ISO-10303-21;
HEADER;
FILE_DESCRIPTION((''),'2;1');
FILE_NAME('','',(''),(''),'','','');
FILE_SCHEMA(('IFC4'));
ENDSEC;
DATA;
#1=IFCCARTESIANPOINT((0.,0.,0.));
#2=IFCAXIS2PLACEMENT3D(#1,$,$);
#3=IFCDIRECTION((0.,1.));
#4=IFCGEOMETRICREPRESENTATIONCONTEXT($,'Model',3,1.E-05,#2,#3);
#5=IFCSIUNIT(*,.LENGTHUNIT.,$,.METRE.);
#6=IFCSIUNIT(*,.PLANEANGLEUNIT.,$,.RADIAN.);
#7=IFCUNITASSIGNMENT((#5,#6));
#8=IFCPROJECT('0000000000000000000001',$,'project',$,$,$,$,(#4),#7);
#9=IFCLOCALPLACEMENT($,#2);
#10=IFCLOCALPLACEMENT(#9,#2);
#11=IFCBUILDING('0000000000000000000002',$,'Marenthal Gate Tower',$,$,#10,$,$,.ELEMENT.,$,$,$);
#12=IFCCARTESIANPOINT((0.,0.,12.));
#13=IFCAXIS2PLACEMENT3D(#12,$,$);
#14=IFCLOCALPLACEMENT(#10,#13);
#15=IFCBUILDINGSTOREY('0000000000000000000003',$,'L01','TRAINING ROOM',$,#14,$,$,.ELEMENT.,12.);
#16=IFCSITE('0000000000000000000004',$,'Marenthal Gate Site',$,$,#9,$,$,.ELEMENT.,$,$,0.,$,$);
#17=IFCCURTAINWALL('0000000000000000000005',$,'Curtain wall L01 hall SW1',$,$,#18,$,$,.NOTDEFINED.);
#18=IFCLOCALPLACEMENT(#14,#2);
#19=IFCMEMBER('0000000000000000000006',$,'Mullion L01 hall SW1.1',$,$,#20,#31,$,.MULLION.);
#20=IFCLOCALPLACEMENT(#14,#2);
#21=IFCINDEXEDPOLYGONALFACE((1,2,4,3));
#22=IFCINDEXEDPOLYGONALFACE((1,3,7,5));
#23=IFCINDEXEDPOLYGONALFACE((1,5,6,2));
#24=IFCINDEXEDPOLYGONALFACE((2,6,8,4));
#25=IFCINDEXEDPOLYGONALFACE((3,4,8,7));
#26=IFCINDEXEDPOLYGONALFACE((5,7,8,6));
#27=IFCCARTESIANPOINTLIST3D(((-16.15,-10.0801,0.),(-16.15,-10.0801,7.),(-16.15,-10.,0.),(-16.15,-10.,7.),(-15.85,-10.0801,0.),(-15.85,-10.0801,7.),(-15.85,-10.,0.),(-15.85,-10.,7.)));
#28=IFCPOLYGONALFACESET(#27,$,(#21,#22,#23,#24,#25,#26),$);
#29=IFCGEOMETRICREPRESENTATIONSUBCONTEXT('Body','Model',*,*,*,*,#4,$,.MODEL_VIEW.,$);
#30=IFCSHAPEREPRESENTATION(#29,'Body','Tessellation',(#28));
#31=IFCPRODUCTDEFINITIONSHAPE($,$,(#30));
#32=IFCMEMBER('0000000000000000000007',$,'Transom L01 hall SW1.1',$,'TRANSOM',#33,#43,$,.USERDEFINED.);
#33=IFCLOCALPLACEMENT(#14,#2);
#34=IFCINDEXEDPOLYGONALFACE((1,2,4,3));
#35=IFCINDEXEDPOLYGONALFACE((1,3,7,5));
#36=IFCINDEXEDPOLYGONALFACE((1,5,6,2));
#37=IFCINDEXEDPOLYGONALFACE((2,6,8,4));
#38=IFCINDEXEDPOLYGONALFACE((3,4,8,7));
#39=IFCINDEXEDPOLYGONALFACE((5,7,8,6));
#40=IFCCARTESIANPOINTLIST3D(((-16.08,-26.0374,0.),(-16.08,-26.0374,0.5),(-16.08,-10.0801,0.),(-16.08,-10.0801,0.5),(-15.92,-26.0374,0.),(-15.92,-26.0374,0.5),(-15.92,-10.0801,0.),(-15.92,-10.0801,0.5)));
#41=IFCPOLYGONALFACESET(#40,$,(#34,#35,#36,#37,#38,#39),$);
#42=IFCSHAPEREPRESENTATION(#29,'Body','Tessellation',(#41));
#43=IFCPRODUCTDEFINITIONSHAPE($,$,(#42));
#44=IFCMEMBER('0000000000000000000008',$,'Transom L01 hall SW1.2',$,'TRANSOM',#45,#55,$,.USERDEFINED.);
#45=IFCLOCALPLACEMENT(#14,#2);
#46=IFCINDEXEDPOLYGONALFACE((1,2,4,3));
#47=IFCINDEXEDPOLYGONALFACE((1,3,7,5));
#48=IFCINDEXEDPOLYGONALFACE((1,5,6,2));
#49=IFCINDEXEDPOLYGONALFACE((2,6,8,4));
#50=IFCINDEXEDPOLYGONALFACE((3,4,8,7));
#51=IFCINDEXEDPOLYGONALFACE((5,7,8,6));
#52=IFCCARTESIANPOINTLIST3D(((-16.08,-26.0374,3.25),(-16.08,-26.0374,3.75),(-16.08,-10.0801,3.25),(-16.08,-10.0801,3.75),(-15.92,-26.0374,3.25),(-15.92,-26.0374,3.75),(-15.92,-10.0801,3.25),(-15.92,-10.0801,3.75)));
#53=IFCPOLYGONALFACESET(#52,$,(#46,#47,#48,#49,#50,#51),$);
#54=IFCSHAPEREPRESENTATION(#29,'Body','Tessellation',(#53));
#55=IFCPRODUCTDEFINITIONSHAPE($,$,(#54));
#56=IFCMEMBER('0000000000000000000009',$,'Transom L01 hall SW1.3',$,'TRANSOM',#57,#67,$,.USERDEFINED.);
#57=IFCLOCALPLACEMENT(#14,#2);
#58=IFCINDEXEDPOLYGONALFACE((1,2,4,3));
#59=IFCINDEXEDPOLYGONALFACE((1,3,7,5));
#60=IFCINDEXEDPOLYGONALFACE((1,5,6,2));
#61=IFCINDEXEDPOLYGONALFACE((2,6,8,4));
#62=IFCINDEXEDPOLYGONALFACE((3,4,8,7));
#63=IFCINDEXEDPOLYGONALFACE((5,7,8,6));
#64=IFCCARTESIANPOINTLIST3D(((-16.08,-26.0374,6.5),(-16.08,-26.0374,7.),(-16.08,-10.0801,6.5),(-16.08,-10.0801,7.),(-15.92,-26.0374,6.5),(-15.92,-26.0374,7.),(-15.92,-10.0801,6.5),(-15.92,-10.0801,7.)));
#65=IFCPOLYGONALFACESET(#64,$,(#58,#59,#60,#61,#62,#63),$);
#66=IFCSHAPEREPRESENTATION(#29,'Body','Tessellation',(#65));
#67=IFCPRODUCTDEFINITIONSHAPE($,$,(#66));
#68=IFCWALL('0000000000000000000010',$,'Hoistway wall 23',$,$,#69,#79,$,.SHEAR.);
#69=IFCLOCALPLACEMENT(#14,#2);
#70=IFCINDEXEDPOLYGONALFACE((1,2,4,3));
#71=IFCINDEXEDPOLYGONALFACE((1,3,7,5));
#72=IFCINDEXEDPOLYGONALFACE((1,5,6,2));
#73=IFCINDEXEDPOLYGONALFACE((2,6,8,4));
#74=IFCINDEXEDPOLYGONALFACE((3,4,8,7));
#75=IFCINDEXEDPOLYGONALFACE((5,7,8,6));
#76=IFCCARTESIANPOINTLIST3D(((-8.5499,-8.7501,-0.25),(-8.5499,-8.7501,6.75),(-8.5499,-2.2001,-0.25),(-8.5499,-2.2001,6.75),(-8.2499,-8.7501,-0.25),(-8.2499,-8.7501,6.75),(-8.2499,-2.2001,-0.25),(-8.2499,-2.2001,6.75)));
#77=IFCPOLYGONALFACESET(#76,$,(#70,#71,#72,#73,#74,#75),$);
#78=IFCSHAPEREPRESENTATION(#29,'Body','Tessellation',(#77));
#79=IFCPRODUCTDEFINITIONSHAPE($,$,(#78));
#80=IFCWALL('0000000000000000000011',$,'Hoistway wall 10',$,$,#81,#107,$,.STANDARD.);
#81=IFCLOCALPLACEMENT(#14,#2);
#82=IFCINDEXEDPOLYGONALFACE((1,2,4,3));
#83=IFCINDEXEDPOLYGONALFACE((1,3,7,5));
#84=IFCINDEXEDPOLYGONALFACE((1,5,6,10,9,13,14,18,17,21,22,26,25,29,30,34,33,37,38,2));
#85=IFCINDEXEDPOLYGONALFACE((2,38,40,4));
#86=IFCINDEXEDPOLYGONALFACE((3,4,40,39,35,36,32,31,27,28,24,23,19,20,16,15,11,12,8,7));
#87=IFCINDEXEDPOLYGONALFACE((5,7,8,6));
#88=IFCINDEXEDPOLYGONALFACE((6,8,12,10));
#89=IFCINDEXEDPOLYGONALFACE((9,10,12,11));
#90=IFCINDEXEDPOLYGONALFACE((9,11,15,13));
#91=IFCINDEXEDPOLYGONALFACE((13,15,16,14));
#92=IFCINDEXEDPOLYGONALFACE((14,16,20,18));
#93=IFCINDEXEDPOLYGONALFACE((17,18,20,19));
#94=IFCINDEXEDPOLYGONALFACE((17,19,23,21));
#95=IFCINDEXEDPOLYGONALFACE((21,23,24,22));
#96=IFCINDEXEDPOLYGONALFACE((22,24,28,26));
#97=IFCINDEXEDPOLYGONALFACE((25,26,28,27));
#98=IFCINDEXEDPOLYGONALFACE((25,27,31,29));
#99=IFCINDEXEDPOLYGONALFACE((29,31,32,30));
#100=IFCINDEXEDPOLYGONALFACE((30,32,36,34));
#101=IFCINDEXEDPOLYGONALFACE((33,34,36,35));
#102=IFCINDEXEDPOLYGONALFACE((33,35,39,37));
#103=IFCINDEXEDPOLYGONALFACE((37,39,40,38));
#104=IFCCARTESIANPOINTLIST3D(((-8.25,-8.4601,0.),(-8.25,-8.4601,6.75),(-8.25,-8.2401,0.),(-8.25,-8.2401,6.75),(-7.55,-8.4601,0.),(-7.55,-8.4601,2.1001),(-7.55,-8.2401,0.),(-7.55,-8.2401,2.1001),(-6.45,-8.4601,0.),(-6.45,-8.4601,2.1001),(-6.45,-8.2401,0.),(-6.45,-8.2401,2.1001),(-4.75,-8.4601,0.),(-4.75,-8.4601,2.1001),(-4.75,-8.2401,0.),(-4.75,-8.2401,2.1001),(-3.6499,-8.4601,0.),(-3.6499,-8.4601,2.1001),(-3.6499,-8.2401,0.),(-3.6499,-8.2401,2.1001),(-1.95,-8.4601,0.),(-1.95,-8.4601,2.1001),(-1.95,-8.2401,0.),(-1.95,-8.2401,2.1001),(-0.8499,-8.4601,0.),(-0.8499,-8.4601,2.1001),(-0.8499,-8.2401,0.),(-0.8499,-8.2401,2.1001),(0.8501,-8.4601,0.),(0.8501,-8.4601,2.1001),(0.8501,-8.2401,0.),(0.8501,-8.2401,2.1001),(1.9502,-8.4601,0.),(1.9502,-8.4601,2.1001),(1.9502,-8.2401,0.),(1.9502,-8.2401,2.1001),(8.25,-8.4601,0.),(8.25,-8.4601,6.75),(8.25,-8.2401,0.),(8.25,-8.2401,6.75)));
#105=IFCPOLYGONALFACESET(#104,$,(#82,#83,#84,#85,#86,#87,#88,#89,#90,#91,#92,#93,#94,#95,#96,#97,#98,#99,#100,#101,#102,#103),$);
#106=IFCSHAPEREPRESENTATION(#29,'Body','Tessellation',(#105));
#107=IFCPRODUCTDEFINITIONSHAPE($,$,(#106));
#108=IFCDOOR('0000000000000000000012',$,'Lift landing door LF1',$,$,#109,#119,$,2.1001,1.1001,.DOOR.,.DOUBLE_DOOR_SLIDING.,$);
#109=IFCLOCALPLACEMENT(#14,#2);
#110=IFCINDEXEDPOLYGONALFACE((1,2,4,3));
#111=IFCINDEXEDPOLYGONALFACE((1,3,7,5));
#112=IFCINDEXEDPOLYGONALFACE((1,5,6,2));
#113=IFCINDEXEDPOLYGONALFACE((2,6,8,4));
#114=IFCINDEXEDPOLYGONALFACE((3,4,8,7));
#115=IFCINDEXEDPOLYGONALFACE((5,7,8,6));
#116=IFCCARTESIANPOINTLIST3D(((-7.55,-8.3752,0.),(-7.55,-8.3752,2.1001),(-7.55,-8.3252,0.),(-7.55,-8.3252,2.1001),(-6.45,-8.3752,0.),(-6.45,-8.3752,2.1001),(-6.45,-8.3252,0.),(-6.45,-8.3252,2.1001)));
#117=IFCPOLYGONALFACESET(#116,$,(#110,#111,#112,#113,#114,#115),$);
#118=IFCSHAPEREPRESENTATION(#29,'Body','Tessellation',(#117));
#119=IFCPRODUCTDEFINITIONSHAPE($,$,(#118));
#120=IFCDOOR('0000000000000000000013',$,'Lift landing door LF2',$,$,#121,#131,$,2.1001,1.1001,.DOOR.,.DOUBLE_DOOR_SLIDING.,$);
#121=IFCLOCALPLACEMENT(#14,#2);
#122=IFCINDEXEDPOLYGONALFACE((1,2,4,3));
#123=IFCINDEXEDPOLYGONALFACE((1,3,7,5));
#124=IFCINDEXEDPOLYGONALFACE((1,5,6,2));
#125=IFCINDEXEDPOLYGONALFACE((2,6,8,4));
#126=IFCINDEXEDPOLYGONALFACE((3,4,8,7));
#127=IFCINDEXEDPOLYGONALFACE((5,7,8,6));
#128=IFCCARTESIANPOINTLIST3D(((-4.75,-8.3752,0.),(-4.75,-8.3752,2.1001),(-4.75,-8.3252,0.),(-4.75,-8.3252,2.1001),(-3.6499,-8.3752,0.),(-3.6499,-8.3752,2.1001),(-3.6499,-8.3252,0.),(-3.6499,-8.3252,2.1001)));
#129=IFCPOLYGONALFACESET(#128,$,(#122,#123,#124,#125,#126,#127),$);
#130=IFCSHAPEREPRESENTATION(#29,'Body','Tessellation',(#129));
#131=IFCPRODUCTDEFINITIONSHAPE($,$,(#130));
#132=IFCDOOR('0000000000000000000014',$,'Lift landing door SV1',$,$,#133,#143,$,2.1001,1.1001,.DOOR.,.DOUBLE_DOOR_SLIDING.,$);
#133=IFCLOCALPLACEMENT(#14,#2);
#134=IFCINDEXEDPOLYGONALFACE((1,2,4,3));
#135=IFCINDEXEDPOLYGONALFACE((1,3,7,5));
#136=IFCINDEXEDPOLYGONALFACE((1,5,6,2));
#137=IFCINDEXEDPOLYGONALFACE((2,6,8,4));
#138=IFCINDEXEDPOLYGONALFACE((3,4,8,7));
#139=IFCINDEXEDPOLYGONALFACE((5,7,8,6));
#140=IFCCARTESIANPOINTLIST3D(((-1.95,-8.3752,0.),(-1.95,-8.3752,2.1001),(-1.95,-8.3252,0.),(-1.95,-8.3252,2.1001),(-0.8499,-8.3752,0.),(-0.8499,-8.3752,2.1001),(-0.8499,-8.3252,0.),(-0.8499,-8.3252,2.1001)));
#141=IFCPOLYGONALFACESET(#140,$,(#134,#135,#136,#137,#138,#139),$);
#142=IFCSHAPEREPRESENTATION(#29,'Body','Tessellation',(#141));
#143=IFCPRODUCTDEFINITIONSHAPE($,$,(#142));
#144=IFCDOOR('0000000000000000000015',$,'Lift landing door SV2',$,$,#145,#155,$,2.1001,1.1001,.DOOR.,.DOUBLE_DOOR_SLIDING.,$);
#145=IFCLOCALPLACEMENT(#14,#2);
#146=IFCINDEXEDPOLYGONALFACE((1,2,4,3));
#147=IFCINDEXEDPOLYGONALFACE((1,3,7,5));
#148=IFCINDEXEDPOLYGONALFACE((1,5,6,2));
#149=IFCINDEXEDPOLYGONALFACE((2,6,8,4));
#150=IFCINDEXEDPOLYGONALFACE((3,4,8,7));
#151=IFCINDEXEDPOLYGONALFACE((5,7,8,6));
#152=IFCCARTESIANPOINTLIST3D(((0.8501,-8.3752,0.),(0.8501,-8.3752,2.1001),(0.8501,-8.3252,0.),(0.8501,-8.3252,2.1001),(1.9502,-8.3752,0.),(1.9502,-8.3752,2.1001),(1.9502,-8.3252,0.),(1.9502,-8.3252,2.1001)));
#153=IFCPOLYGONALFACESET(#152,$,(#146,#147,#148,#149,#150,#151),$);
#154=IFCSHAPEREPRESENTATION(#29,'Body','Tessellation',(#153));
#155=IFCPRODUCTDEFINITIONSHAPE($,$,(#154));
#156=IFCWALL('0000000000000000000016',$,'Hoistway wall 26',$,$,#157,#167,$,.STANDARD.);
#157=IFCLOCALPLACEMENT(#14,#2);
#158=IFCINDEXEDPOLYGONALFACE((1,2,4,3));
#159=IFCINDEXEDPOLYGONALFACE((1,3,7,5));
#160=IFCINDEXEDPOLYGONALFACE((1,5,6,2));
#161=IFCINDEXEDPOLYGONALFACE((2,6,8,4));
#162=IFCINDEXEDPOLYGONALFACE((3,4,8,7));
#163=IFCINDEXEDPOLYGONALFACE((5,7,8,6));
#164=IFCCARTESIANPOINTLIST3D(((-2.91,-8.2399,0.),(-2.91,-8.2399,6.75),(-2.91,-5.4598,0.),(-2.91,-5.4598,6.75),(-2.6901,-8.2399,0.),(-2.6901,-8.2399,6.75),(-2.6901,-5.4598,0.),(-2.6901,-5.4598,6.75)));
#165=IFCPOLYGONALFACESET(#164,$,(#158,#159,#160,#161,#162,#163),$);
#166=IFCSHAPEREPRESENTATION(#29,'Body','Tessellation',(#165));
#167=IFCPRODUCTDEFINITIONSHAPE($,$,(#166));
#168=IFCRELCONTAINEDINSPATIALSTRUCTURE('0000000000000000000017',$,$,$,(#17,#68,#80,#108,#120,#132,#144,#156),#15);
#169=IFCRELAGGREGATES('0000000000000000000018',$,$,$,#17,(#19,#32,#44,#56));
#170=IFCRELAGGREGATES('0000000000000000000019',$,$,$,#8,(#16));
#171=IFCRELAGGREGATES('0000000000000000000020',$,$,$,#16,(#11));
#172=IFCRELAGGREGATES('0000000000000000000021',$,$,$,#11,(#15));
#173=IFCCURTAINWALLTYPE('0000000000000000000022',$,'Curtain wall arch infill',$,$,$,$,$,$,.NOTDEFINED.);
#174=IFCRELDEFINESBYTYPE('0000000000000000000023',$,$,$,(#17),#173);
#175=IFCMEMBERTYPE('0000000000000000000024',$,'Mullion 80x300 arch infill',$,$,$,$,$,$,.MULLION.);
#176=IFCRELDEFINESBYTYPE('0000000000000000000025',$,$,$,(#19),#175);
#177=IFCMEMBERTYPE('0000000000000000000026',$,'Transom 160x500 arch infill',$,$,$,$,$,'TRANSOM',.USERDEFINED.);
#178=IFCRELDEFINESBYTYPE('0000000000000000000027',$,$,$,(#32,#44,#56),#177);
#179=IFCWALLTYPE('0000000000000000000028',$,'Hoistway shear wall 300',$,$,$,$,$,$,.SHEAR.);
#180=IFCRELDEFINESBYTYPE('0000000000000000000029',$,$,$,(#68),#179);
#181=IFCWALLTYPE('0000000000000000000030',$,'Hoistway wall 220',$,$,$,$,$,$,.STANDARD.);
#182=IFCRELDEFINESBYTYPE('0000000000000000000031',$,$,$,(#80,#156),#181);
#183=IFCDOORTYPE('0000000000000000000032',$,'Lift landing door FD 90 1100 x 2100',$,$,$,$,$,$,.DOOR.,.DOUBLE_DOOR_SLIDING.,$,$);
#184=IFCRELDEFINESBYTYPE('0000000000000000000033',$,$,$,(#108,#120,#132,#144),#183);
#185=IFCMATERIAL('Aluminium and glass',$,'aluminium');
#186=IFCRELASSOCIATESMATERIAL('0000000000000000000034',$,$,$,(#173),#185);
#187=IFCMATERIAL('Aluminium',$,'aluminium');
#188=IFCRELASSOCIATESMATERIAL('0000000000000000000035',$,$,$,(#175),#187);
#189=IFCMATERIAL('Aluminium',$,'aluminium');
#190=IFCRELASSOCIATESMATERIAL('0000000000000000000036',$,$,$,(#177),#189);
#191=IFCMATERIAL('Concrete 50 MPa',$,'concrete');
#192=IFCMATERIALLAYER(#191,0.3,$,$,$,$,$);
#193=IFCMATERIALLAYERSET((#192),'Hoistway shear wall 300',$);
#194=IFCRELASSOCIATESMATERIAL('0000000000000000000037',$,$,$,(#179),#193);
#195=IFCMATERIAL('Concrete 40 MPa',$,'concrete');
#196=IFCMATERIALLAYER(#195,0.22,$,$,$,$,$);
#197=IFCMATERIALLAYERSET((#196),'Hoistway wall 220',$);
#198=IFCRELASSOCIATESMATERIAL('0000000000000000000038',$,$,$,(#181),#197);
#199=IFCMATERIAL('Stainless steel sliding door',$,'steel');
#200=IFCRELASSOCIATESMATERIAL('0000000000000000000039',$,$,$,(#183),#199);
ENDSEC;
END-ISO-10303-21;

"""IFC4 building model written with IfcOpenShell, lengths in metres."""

from ifc_helpers import new_model, si_unit, direction, frame, frame_2d, origin, origin_2d, place, context, subcontext, project, spatial, rectangle, extrude, material, layer, layer_set, material_profile, profile_set, type_object, element, fill, aggregate, save


model = new_model("IFC4")

# Units and contexts
model_context = context("Model", 3, precision=1e-05, world=origin(), true_north=direction((0.0, 1.0)))
body_context = subcontext(model_context, "Body", "Model", "MODEL_VIEW")
ifc_project = project(units=[si_unit("LENGTHUNIT", "METRE"), si_unit("PLANEANGLEUNIT", "RADIAN")], contexts=[model_context])

# Site, building, storey
site_placement = place(None, origin())
site = spatial("IfcSite", under=ifc_project, at=site_placement, Name="Marenthal Gate Site", CompositionType="ELEMENT", RefElevation=0.0)
building_placement = place(site_placement, origin())
building = spatial("IfcBuilding", under=site, at=building_placement, Name="Marenthal Gate Tower", CompositionType="ELEMENT")
storey_placement = place(building_placement, frame((0.0, 0.0, 12.0)))
storey = spatial("IfcBuildingStorey", under=building, at=storey_placement, Name="L01", Description="TRAINING ROOM", CompositionType="ELEMENT", Elevation=12.0)

# Curtain wall, members
ifc_material_1 = material(Name="Aluminium and glass", Category="aluminium")
curtain_wall_type = type_object("IfcCurtainWallType", Name="Curtain wall arch infill", PredefinedType="NOTDEFINED", material=ifc_material_1)
curtain_wall_placement = place(storey_placement, origin())
curtain_wall = element("IfcCurtainWall", 1, at=curtain_wall_placement, inside=storey, type_object=curtain_wall_type, Name="Curtain wall L01 hall SW1", PredefinedType="NOTDEFINED")
ifc_material_2 = material(Name="Aluminium", Category="aluminium")
ifc_material_profile_1 = material_profile(ifc_material_2, rectangle(XDim=0.3, YDim=0.0801, at=origin_2d()), Name="80x300 aluminium mullion")
ifc_profile_set_1 = profile_set([ifc_material_profile_1], Name="Aluminium")
member_type_1 = type_object("IfcMemberType", Name="Mullion 80x300 arch infill", PredefinedType="MULLION", material=ifc_profile_set_1)
member_1_placement = place(storey_placement, frame((-16.0, -10.04, 0.0), z_axis=(0.0, 0.0, 1.0), x_axis=(1.0, 0.0, 0.0)))
member_1 = element("IfcMember", 2, at=member_1_placement, type_object=member_type_1, Name="Mullion L01 hall SW1.1", PredefinedType="MULLION", context=body_context, shape_type="SweptSolid", body=[
    extrude(rectangle(XDim=0.3, YDim=0.0801, at=origin_2d()), origin(), (0.0, 0.0, 1.0), 7.0),
])
ifc_material_3 = material(Name="Aluminium", Category="aluminium")
ifc_material_profile_2 = material_profile(ifc_material_3, rectangle(XDim=0.1599, YDim=0.5, at=origin_2d()), Name="160x500 aluminium transom")
ifc_profile_set_2 = profile_set([ifc_material_profile_2], Name="Aluminium")
member_type_2 = type_object("IfcMemberType", Name="Transom 160x500 arch infill", ElementType="TRANSOM", PredefinedType="USERDEFINED", material=ifc_profile_set_2)
member_2_placement = place(storey_placement, frame((-16.0, -10.0801, 0.25), z_axis=(0.0, -1.0, 0.0), x_axis=(1.0, 0.0, 0.0)))
member_2 = element("IfcMember", 3, at=member_2_placement, type_object=member_type_2, Name="Transom L01 hall SW1.1", ObjectType="TRANSOM", PredefinedType="USERDEFINED", context=body_context, shape_type="SweptSolid", body=[
    extrude(rectangle(XDim=0.1599, YDim=0.5, at=origin_2d()), origin(), (0.0, 0.0, 1.0), 15.9573),
])
member_3_placement = place(storey_placement, frame((-16.0, -10.0801, 3.5), z_axis=(0.0, -1.0, 0.0), x_axis=(1.0, 0.0, 0.0)))
member_3 = element("IfcMember", 4, at=member_3_placement, type_object=member_type_2, Name="Transom L01 hall SW1.2", ObjectType="TRANSOM", PredefinedType="USERDEFINED", context=body_context, shape_type="SweptSolid", body=[
    extrude(rectangle(XDim=0.1599, YDim=0.5, at=origin_2d()), origin(), (0.0, 0.0, 1.0), 15.9573),
])
member_4_placement = place(storey_placement, frame((-16.0, -10.0801, 6.75), z_axis=(0.0, -1.0, 0.0), x_axis=(1.0, 0.0, 0.0)))
member_4 = element("IfcMember", 5, at=member_4_placement, type_object=member_type_2, Name="Transom L01 hall SW1.3", ObjectType="TRANSOM", PredefinedType="USERDEFINED", context=body_context, shape_type="SweptSolid", body=[
    extrude(rectangle(XDim=0.1599, YDim=0.5, at=origin_2d()), origin(), (0.0, 0.0, 1.0), 15.9573),
])
aggregate(curtain_wall, [member_1, member_2, member_3, member_4])

# Wall
ifc_material_4 = material(Name="Concrete 50 MPa", Category="concrete")
ifc_layer_1 = layer(ifc_material_4, 0.3)
ifc_layer_set_1 = layer_set([ifc_layer_1], Name="Hoistway shear wall 300")
wall_type_1 = type_object("IfcWallType", Name="Hoistway shear wall 300", PredefinedType="SHEAR", material=ifc_layer_set_1)
wall_1_placement = place(storey_placement, frame((-8.3999, -8.75, -0.25), z_axis=(0.0, 0.0, 1.0), x_axis=(0.0, 1.0, 0.0)))
element("IfcWall", 6, at=wall_1_placement, inside=storey, type_object=wall_type_1, Name="Hoistway wall 23", PredefinedType="SHEAR", context=body_context, shape_type="SweptSolid", body=[
    extrude(rectangle(XDim=6.55, YDim=0.3, at=frame_2d((3.2749, 0.0))), origin(), (0.0, 0.0, 1.0), 7.0),
])

# Wall, openings, doors
ifc_material_5 = material(Name="Concrete 40 MPa", Category="concrete")
ifc_layer_2 = layer(ifc_material_5, 0.22)
ifc_layer_set_2 = layer_set([ifc_layer_2], Name="Hoistway wall 220")
wall_type_2 = type_object("IfcWallType", Name="Hoistway wall 220", PredefinedType="STANDARD", material=ifc_layer_set_2)
wall_2_placement = place(storey_placement, frame((-8.25, -8.3501, 0.0), z_axis=(0.0, 0.0, 1.0), x_axis=(1.0, 0.0, 0.0)))
wall_2 = element("IfcWall", 7, at=wall_2_placement, inside=storey, type_object=wall_type_2, Name="Hoistway wall 10", PredefinedType="STANDARD", context=body_context, shape_type="SweptSolid", body=[
    extrude(rectangle(XDim=16.5, YDim=0.22, at=frame_2d((8.25, 0.0))), origin(), (0.0, 0.0, 1.0), 6.75),
])
opening_1_placement = place(wall_2_placement, frame((0.7, 0.0, 0.0)))
opening_1 = element("IfcOpeningElement", 8, at=opening_1_placement, cuts=wall_2, PredefinedType="OPENING", context=body_context, shape_type="SweptSolid", body=[
    extrude(rectangle(XDim=1.1001, YDim=2.1001, at=frame_2d((0.55, 1.05))), frame((0.0, 0.1201, 0.0), z_axis=(0.0, -1.0, 0.0), x_axis=(1.0, 0.0, 0.0)), (0.0, 0.0, 1.0), 0.24),
])
opening_2_placement = place(wall_2_placement, frame((3.5, 0.0, 0.0)))
opening_2 = element("IfcOpeningElement", 9, at=opening_2_placement, cuts=wall_2, PredefinedType="OPENING", context=body_context, shape_type="SweptSolid", body=[
    extrude(rectangle(XDim=1.1001, YDim=2.1001, at=frame_2d((0.55, 1.05))), frame((0.0, 0.1201, 0.0), z_axis=(0.0, -1.0, 0.0), x_axis=(1.0, 0.0, 0.0)), (0.0, 0.0, 1.0), 0.24),
])
opening_3_placement = place(wall_2_placement, frame((6.3, 0.0, 0.0)))
opening_3 = element("IfcOpeningElement", 10, at=opening_3_placement, cuts=wall_2, PredefinedType="OPENING", context=body_context, shape_type="SweptSolid", body=[
    extrude(rectangle(XDim=1.1001, YDim=2.1001, at=frame_2d((0.55, 1.05))), frame((0.0, 0.1201, 0.0), z_axis=(0.0, -1.0, 0.0), x_axis=(1.0, 0.0, 0.0)), (0.0, 0.0, 1.0), 0.24),
])
opening_4_placement = place(wall_2_placement, frame((9.1001, 0.0, 0.0)))
opening_4 = element("IfcOpeningElement", 11, at=opening_4_placement, cuts=wall_2, PredefinedType="OPENING", context=body_context, shape_type="SweptSolid", body=[
    extrude(rectangle(XDim=1.1001, YDim=2.1001, at=frame_2d((0.55, 1.05))), frame((0.0, 0.1201, 0.0), z_axis=(0.0, -1.0, 0.0), x_axis=(1.0, 0.0, 0.0)), (0.0, 0.0, 1.0), 0.24),
])
ifc_material_6 = material(Name="Stainless steel sliding door", Category="steel")
door_type_1 = type_object("IfcDoorType", Name="Lift landing door FD 90 1100 x 2100", OperationType="DOUBLE_DOOR_SLIDING", PredefinedType="DOOR", material=ifc_material_6)
door_1_placement = place(opening_1_placement, origin())
door_1 = element("IfcDoor", 12, at=door_1_placement, inside=storey, type_object=door_type_1, Name="Lift landing door LF1", OperationType="DOUBLE_DOOR_SLIDING", OverallHeight=2.1001, OverallWidth=1.1001, PredefinedType="DOOR", context=body_context, shape_type="SweptSolid", body=[
    extrude(rectangle(XDim=1.1001, YDim=2.1001, at=frame_2d((0.55, 1.05))), frame((0.0, 0.0249, 0.0), z_axis=(0.0, -1.0, 0.0), x_axis=(1.0, 0.0, 0.0)), (0.0, 0.0, 1.0), 0.05),
])
fill(opening_1, door_1)
door_2_placement = place(opening_2_placement, origin())
door_2 = element("IfcDoor", 13, at=door_2_placement, inside=storey, type_object=door_type_1, Name="Lift landing door LF2", OperationType="DOUBLE_DOOR_SLIDING", OverallHeight=2.1001, OverallWidth=1.1001, PredefinedType="DOOR", context=body_context, shape_type="SweptSolid", body=[
    extrude(rectangle(XDim=1.1001, YDim=2.1001, at=frame_2d((0.55, 1.05))), frame((0.0, 0.0249, 0.0), z_axis=(0.0, -1.0, 0.0), x_axis=(1.0, 0.0, 0.0)), (0.0, 0.0, 1.0), 0.05),
])
fill(opening_2, door_2)
door_3_placement = place(opening_3_placement, origin())
door_3 = element("IfcDoor", 14, at=door_3_placement, inside=storey, type_object=door_type_1, Name="Lift landing door SV1", OperationType="DOUBLE_DOOR_SLIDING", OverallHeight=2.1001, OverallWidth=1.1001, PredefinedType="DOOR", context=body_context, shape_type="SweptSolid", body=[
    extrude(rectangle(XDim=1.1001, YDim=2.1001, at=frame_2d((0.55, 1.05))), frame((0.0, 0.0249, 0.0), z_axis=(0.0, -1.0, 0.0), x_axis=(1.0, 0.0, 0.0)), (0.0, 0.0, 1.0), 0.05),
])
fill(opening_3, door_3)
door_4_placement = place(opening_4_placement, origin())
door_4 = element("IfcDoor", 15, at=door_4_placement, inside=storey, type_object=door_type_1, Name="Lift landing door SV2", OperationType="DOUBLE_DOOR_SLIDING", OverallHeight=2.1001, OverallWidth=1.1001, PredefinedType="DOOR", context=body_context, shape_type="SweptSolid", body=[
    extrude(rectangle(XDim=1.1001, YDim=2.1001, at=frame_2d((0.55, 1.05))), frame((0.0, 0.0249, 0.0), z_axis=(0.0, -1.0, 0.0), x_axis=(1.0, 0.0, 0.0)), (0.0, 0.0, 1.0), 0.05),
])
fill(opening_4, door_4)

# Wall
wall_3_placement = place(storey_placement, frame((-2.8, -8.24, 0.0), z_axis=(0.0, 0.0, 1.0), x_axis=(0.0, 1.0, 0.0)))
element("IfcWall", 16, at=wall_3_placement, inside=storey, type_object=wall_type_2, Name="Hoistway wall 26", PredefinedType="STANDARD", context=body_context, shape_type="SweptSolid", body=[
    extrude(rectangle(XDim=2.78, YDim=0.22, at=frame_2d((1.3901, 0.0))), origin(), (0.0, 0.0, 1.0), 6.75),
])

save(model, "model.ifc")
